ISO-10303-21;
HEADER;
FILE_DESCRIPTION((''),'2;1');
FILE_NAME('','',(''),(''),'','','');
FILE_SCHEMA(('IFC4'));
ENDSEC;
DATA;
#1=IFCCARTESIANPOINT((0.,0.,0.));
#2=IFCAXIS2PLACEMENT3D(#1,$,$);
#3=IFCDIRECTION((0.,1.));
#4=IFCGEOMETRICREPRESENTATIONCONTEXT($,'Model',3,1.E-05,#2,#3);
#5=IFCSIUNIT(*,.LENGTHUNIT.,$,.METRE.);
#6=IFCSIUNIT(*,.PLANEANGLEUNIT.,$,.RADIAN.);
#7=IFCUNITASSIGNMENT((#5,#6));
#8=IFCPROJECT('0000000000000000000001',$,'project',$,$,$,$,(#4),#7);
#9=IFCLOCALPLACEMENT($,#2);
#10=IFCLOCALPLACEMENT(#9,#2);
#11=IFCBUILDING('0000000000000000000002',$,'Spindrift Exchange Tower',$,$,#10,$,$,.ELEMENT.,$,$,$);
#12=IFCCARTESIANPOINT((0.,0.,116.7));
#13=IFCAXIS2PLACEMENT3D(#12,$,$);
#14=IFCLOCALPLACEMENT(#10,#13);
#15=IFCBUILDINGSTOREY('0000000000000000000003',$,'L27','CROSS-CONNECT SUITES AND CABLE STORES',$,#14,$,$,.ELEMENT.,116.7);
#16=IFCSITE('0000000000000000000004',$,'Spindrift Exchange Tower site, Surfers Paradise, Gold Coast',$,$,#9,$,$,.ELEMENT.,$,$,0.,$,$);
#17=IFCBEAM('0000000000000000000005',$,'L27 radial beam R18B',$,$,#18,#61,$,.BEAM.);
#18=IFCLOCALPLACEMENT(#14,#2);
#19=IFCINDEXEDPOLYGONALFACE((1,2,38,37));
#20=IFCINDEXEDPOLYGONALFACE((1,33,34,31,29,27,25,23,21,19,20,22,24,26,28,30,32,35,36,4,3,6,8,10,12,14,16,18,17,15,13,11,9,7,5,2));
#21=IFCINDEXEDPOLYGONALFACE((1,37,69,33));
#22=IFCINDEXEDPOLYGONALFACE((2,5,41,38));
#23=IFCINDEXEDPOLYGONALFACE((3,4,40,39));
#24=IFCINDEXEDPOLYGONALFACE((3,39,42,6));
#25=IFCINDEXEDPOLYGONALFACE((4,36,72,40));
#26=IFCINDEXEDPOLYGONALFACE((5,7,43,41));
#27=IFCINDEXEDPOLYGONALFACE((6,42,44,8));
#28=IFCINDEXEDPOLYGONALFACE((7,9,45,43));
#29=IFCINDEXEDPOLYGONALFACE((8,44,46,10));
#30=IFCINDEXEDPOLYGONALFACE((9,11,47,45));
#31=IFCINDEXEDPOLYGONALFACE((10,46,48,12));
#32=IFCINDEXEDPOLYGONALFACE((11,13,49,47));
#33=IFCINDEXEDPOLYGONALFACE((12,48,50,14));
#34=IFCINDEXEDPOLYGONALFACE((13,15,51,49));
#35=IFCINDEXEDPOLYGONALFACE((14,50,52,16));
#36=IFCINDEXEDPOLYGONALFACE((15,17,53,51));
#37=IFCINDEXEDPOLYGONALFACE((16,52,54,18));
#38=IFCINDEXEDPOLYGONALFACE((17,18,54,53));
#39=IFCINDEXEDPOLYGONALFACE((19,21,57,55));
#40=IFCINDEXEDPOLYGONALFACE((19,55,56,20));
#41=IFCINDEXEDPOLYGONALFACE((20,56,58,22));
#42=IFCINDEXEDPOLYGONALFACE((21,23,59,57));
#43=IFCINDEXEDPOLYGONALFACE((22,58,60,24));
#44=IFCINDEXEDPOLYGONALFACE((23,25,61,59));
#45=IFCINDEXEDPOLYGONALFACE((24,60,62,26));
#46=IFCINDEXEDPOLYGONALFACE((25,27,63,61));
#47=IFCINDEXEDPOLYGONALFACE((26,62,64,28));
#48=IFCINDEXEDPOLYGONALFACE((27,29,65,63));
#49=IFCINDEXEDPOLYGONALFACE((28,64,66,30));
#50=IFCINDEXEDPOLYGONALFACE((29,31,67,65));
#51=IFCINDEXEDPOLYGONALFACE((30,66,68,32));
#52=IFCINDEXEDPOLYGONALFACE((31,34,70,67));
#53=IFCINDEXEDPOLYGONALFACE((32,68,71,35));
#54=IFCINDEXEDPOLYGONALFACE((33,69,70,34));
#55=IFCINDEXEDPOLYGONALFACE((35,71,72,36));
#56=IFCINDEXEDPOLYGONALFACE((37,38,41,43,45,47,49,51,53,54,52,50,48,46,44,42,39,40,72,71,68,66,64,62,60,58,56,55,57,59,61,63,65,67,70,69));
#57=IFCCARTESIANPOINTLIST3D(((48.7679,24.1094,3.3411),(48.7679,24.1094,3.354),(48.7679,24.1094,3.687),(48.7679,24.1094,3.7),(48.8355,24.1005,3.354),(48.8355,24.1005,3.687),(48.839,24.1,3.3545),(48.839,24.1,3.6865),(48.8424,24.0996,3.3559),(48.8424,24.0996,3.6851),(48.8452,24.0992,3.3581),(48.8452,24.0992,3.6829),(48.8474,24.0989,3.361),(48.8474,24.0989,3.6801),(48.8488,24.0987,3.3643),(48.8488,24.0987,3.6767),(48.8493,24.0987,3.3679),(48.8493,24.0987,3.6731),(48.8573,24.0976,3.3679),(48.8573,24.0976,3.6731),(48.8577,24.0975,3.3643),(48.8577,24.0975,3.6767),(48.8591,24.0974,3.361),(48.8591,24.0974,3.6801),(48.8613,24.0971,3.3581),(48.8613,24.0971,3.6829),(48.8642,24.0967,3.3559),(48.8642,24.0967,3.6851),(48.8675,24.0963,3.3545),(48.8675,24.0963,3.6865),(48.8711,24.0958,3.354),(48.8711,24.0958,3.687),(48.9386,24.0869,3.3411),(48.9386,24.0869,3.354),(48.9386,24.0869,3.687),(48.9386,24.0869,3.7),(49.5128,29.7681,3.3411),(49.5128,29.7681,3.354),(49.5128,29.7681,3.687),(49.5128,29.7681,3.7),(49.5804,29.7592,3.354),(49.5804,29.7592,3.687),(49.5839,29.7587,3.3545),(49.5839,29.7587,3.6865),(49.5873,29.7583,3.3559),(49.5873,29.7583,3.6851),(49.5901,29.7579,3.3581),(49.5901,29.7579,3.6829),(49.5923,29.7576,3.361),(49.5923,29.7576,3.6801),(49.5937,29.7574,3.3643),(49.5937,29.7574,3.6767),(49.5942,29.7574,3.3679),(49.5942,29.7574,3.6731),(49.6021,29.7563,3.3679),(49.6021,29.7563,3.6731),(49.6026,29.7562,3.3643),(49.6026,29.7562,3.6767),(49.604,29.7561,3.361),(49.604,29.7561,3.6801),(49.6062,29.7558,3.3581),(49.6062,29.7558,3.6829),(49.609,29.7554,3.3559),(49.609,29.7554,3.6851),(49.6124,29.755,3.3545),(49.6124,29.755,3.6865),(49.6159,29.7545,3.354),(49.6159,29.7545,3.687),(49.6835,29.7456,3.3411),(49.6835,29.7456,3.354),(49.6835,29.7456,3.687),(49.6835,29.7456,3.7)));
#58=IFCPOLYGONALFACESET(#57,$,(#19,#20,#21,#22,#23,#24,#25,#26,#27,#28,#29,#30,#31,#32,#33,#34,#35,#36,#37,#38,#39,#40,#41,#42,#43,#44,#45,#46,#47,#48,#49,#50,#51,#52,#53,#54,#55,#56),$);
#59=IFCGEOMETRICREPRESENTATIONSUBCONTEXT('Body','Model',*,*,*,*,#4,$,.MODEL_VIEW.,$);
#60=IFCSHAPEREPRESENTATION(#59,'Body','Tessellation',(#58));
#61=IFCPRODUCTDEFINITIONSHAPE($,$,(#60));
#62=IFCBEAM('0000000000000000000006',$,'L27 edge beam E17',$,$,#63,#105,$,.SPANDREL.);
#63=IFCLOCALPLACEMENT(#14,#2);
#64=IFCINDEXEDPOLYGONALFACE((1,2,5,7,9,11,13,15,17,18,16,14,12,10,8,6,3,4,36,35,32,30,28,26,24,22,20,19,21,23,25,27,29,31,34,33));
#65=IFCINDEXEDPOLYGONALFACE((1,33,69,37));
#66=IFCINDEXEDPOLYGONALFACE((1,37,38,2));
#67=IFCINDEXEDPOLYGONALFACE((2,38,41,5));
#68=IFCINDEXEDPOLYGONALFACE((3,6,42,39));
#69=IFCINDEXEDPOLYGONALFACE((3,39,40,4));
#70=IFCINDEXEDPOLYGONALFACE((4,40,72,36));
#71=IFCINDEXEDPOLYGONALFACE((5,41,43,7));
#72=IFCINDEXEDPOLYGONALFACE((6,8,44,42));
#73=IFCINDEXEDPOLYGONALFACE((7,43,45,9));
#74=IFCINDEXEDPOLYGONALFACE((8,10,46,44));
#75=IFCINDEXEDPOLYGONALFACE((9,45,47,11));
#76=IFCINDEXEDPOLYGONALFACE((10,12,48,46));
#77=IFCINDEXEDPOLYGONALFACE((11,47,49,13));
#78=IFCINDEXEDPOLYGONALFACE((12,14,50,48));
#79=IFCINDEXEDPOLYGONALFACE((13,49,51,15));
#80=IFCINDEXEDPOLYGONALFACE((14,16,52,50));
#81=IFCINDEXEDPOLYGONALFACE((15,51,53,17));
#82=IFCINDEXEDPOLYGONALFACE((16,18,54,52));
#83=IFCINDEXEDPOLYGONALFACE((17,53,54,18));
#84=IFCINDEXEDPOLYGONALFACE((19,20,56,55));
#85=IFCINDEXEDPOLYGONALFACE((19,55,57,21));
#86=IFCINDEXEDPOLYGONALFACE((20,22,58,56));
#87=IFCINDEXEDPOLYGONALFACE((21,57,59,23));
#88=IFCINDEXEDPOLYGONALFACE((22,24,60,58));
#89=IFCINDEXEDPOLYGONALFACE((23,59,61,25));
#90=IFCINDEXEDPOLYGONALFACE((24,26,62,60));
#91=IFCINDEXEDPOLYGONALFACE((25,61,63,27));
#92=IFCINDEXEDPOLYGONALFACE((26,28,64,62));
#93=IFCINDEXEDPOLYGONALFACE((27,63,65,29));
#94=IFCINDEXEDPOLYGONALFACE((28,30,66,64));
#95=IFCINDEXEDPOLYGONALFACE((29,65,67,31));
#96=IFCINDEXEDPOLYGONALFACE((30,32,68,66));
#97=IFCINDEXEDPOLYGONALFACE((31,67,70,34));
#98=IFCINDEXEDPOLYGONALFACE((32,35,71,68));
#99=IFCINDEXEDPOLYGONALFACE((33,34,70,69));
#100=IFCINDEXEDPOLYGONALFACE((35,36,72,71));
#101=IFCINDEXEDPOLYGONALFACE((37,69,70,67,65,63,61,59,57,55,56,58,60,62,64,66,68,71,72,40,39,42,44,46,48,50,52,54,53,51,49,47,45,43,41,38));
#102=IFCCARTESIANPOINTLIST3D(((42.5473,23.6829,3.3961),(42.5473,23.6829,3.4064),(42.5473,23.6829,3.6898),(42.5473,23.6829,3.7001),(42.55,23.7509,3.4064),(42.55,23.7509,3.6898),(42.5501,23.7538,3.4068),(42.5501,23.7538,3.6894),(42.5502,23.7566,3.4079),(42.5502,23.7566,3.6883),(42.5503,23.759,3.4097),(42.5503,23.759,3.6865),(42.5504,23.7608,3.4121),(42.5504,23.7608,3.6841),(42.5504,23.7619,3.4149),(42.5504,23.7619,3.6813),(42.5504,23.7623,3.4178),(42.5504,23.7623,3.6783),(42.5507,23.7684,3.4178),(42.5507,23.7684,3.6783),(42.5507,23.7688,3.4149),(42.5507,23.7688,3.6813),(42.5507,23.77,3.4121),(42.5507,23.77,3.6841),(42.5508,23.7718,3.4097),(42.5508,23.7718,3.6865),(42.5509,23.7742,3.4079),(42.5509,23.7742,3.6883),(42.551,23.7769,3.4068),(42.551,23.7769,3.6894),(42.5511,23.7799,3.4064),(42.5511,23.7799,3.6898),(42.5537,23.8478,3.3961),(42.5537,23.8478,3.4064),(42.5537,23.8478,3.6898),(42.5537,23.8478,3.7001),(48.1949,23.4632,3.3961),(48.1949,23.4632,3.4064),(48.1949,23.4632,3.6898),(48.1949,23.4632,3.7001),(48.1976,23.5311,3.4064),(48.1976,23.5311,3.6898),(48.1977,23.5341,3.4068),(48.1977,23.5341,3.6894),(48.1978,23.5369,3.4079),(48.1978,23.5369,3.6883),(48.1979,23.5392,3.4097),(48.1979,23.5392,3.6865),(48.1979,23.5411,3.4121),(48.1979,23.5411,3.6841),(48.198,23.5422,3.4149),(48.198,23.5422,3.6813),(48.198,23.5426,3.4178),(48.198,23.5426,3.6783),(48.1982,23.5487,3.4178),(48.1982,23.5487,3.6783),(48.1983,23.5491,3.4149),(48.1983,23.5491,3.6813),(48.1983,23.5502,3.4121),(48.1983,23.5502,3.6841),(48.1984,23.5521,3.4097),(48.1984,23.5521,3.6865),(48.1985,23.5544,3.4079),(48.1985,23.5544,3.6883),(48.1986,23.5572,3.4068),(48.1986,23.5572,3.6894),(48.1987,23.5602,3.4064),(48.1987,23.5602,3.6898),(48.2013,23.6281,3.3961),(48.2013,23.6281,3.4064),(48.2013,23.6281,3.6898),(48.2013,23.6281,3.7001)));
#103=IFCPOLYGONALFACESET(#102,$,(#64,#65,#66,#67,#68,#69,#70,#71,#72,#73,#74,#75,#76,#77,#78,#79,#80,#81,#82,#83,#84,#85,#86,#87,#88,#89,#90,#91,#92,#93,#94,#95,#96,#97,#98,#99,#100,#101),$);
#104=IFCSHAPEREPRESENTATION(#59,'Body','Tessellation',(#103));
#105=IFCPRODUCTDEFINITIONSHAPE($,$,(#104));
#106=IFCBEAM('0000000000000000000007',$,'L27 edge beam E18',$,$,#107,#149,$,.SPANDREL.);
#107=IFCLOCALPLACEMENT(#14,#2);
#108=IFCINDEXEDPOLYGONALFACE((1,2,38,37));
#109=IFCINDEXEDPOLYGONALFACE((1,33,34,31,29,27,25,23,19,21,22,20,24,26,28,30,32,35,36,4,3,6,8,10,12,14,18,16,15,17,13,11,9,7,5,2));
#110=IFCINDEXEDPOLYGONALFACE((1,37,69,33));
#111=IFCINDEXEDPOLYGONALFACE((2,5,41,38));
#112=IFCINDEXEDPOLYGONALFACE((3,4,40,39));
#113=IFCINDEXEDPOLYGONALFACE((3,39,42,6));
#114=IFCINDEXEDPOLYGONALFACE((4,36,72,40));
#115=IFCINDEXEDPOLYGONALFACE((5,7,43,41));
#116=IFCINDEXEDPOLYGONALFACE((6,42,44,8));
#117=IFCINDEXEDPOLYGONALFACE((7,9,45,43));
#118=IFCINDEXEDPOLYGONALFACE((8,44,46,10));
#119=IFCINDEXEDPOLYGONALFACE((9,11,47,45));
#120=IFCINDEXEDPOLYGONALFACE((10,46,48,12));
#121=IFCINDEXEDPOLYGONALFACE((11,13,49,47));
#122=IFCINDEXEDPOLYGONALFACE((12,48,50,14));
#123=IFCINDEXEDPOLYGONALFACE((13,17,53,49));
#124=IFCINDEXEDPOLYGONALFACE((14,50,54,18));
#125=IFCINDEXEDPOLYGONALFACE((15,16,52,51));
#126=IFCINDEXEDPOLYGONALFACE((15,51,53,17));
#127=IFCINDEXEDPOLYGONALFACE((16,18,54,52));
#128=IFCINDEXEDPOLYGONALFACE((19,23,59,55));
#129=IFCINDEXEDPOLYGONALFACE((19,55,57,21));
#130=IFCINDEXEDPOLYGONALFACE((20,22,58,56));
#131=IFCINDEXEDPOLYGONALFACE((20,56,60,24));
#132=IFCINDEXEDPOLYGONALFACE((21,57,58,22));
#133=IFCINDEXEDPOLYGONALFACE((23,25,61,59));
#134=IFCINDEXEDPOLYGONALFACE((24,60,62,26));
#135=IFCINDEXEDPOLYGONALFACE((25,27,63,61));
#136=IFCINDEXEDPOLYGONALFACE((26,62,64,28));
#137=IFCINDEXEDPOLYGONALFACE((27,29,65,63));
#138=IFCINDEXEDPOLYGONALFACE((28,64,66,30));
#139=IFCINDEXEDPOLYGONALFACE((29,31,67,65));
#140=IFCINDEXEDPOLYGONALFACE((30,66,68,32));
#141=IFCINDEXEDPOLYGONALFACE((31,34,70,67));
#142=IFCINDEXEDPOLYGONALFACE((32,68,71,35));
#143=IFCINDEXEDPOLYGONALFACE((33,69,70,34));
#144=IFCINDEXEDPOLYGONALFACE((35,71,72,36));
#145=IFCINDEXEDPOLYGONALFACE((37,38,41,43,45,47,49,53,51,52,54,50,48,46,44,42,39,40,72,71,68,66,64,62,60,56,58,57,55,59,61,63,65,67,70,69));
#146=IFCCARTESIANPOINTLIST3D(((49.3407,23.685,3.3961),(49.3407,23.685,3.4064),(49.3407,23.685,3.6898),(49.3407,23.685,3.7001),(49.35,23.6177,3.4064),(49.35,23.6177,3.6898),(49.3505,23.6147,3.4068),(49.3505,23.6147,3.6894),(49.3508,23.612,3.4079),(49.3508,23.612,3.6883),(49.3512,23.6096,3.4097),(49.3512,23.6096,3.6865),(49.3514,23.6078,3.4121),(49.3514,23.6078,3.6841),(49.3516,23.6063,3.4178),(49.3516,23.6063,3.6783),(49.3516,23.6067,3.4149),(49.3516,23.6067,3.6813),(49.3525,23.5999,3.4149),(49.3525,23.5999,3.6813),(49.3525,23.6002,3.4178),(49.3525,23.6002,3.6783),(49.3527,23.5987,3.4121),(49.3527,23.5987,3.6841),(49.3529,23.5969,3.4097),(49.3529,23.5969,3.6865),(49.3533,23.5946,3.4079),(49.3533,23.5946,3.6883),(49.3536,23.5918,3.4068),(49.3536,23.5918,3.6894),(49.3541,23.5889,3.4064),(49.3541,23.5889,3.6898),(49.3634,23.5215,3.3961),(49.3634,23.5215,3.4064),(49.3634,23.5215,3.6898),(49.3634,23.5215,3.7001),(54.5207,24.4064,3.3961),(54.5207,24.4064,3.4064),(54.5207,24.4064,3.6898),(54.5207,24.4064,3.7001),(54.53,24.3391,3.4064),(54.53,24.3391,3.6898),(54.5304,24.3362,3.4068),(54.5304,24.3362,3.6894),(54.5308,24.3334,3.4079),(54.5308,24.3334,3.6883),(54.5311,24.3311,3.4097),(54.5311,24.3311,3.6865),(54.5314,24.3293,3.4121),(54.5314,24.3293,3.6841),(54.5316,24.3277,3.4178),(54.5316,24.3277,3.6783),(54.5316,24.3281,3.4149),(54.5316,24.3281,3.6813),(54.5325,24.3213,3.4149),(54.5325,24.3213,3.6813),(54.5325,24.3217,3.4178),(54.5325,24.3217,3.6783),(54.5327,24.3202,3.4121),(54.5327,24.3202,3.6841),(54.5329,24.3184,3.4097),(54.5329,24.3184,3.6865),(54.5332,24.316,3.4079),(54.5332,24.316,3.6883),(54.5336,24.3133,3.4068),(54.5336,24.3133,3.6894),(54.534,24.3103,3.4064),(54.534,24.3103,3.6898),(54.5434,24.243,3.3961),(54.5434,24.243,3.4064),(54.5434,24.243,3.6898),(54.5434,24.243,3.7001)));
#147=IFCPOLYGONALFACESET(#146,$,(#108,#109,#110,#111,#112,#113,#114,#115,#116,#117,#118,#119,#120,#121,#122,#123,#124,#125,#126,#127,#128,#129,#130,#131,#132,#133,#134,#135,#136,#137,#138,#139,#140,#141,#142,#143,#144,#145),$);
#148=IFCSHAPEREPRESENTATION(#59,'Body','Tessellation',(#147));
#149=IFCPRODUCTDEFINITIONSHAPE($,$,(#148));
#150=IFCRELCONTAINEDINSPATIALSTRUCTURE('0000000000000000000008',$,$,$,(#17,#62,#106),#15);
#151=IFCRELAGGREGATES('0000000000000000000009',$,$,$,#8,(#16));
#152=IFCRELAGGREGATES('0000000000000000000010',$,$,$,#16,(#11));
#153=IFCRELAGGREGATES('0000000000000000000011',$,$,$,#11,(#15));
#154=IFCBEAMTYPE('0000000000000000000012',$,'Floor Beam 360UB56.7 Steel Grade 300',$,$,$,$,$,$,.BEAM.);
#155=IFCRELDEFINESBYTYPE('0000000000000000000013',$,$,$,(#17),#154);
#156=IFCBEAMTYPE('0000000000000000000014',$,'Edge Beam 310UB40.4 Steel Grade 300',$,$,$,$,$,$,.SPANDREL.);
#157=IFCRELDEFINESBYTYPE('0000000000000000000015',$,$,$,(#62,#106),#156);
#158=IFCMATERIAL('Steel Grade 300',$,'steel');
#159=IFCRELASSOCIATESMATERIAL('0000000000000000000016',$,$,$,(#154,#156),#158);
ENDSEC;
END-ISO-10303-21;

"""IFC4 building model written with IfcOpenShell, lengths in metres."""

from ifc_helpers import new_model, si_unit, direction, frame, origin, origin_2d, place, context, subcontext, project, spatial, i_section, extrude, source, transform, mapped, material, material_profile, profile_set, type_object, element, save


model = new_model("IFC4")

# Units and contexts
model_context = context("Model", 3, precision=1e-05, world=origin(), true_north=direction((0.0, 1.0)))
body_context = subcontext(model_context, "Body", "Model", "MODEL_VIEW")
ifc_project = project(units=[si_unit("LENGTHUNIT", "METRE"), si_unit("PLANEANGLEUNIT", "RADIAN")], contexts=[model_context])

# Site, building, storey
site_placement = place(None, origin())
site = spatial("IfcSite", under=ifc_project, at=site_placement, Name="Spindrift Exchange Tower site, Surfers Paradise, Gold Coast", CompositionType="ELEMENT", RefElevation=0.0)
building_placement = place(site_placement, origin())
building = spatial("IfcBuilding", under=site, at=building_placement, Name="Spindrift Exchange Tower", CompositionType="ELEMENT")
storey_placement = place(building_placement, frame((0.0, 0.0, 116.7)))
storey = spatial("IfcBuildingStorey", under=building, at=storey_placement, Name="L27", Description="CROSS-CONNECT SUITES AND CABLE STORES", CompositionType="ELEMENT", Elevation=116.7)

# Beams
ifc_material_1 = material(Name="Steel Grade 300", Category="steel")
ifc_material_profile_1 = material_profile(ifc_material_1, i_section(OverallWidth=0.1721, OverallDepth=0.3589, WebThickness=0.0081, FlangeThickness=0.0129, FilletRadius=0.0139, at=origin_2d()), Name="360UB56.7")
ifc_profile_set_1 = profile_set([ifc_material_profile_1], Name="Steel Grade 300")
beam_type_1 = type_object("IfcBeamType", Name="Floor Beam 360UB56.7 Steel Grade 300", PredefinedType="BEAM", material=ifc_profile_set_1)
shared_shape_1 = source(origin(), body_context, "Body", "SweptSolid", [
    extrude(i_section(OverallWidth=0.1721, OverallDepth=0.3589, WebThickness=0.0081, FlangeThickness=0.0129, FilletRadius=0.0139, at=origin_2d()), origin(), (0.0, 0.0, 1.0), 5.7075),
])
beam_1_placement = place(storey_placement, frame((49.5981, 29.7568, 3.5205), z_axis=(-0.130508, -0.991447, 0.0), x_axis=(0.991447, -0.130508, 0.0)))
element("IfcBeam", 1, at=beam_1_placement, inside=storey, type_object=beam_type_1, Name="L27 radial beam R18B", PredefinedType="BEAM", context=body_context, shape_type="MappedRepresentation", body=[
    mapped(shared_shape_1, transform((0.0, 0.0, 0.0), scale=1.0)),
])
ifc_material_profile_2 = material_profile(ifc_material_1, i_section(OverallWidth=0.165, OverallDepth=0.304, WebThickness=0.0061, FlangeThickness=0.0103, FilletRadius=0.0115, at=origin_2d()), Name="310UB40.4")
ifc_profile_set_2 = profile_set([ifc_material_profile_2], Name="Steel Grade 300")
beam_type_2 = type_object("IfcBeamType", Name="Edge Beam 310UB40.4 Steel Grade 300", PredefinedType="SPANDREL", material=ifc_profile_set_2)
shared_shape_2 = source(origin(), body_context, "Body", "SweptSolid", [
    extrude(i_section(OverallWidth=0.165, OverallDepth=0.304, WebThickness=0.0061, FlangeThickness=0.0103, FilletRadius=0.0115, at=origin_2d()), origin(), (0.0, 0.0, 1.0), 5.6519),
])
beam_2_placement = place(storey_placement, frame((42.5505, 23.7654, 3.5481), z_axis=(0.999244, -0.038878, 0.0), x_axis=(0.038878, 0.999244, 0.0)))
element("IfcBeam", 2, at=beam_2_placement, inside=storey, type_object=beam_type_2, Name="L27 edge beam E17", PredefinedType="SPANDREL", context=body_context, shape_type="MappedRepresentation", body=[
    mapped(shared_shape_2, transform((0.0, 0.0, 0.0), scale=1.0)),
])
shared_shape_3 = source(origin(), body_context, "Body", "SweptSolid", [
    extrude(i_section(OverallWidth=0.165, OverallDepth=0.304, WebThickness=0.0061, FlangeThickness=0.0103, FilletRadius=0.0115, at=origin_2d()), origin(), (0.0, 0.0, 1.0), 5.23),
])
beam_3_placement = place(storey_placement, frame((49.3521, 23.6033, 3.5481), z_axis=(0.99044, 0.137944, 0.0), x_axis=(-0.137944, 0.99044, 0.0)))
element("IfcBeam", 3, at=beam_3_placement, inside=storey, type_object=beam_type_2, Name="L27 edge beam E18", PredefinedType="SPANDREL", context=body_context, shape_type="MappedRepresentation", body=[
    mapped(shared_shape_3, transform((0.0, 0.0, 0.0), scale=1.0)),
])

save(model, "model.ifc")
